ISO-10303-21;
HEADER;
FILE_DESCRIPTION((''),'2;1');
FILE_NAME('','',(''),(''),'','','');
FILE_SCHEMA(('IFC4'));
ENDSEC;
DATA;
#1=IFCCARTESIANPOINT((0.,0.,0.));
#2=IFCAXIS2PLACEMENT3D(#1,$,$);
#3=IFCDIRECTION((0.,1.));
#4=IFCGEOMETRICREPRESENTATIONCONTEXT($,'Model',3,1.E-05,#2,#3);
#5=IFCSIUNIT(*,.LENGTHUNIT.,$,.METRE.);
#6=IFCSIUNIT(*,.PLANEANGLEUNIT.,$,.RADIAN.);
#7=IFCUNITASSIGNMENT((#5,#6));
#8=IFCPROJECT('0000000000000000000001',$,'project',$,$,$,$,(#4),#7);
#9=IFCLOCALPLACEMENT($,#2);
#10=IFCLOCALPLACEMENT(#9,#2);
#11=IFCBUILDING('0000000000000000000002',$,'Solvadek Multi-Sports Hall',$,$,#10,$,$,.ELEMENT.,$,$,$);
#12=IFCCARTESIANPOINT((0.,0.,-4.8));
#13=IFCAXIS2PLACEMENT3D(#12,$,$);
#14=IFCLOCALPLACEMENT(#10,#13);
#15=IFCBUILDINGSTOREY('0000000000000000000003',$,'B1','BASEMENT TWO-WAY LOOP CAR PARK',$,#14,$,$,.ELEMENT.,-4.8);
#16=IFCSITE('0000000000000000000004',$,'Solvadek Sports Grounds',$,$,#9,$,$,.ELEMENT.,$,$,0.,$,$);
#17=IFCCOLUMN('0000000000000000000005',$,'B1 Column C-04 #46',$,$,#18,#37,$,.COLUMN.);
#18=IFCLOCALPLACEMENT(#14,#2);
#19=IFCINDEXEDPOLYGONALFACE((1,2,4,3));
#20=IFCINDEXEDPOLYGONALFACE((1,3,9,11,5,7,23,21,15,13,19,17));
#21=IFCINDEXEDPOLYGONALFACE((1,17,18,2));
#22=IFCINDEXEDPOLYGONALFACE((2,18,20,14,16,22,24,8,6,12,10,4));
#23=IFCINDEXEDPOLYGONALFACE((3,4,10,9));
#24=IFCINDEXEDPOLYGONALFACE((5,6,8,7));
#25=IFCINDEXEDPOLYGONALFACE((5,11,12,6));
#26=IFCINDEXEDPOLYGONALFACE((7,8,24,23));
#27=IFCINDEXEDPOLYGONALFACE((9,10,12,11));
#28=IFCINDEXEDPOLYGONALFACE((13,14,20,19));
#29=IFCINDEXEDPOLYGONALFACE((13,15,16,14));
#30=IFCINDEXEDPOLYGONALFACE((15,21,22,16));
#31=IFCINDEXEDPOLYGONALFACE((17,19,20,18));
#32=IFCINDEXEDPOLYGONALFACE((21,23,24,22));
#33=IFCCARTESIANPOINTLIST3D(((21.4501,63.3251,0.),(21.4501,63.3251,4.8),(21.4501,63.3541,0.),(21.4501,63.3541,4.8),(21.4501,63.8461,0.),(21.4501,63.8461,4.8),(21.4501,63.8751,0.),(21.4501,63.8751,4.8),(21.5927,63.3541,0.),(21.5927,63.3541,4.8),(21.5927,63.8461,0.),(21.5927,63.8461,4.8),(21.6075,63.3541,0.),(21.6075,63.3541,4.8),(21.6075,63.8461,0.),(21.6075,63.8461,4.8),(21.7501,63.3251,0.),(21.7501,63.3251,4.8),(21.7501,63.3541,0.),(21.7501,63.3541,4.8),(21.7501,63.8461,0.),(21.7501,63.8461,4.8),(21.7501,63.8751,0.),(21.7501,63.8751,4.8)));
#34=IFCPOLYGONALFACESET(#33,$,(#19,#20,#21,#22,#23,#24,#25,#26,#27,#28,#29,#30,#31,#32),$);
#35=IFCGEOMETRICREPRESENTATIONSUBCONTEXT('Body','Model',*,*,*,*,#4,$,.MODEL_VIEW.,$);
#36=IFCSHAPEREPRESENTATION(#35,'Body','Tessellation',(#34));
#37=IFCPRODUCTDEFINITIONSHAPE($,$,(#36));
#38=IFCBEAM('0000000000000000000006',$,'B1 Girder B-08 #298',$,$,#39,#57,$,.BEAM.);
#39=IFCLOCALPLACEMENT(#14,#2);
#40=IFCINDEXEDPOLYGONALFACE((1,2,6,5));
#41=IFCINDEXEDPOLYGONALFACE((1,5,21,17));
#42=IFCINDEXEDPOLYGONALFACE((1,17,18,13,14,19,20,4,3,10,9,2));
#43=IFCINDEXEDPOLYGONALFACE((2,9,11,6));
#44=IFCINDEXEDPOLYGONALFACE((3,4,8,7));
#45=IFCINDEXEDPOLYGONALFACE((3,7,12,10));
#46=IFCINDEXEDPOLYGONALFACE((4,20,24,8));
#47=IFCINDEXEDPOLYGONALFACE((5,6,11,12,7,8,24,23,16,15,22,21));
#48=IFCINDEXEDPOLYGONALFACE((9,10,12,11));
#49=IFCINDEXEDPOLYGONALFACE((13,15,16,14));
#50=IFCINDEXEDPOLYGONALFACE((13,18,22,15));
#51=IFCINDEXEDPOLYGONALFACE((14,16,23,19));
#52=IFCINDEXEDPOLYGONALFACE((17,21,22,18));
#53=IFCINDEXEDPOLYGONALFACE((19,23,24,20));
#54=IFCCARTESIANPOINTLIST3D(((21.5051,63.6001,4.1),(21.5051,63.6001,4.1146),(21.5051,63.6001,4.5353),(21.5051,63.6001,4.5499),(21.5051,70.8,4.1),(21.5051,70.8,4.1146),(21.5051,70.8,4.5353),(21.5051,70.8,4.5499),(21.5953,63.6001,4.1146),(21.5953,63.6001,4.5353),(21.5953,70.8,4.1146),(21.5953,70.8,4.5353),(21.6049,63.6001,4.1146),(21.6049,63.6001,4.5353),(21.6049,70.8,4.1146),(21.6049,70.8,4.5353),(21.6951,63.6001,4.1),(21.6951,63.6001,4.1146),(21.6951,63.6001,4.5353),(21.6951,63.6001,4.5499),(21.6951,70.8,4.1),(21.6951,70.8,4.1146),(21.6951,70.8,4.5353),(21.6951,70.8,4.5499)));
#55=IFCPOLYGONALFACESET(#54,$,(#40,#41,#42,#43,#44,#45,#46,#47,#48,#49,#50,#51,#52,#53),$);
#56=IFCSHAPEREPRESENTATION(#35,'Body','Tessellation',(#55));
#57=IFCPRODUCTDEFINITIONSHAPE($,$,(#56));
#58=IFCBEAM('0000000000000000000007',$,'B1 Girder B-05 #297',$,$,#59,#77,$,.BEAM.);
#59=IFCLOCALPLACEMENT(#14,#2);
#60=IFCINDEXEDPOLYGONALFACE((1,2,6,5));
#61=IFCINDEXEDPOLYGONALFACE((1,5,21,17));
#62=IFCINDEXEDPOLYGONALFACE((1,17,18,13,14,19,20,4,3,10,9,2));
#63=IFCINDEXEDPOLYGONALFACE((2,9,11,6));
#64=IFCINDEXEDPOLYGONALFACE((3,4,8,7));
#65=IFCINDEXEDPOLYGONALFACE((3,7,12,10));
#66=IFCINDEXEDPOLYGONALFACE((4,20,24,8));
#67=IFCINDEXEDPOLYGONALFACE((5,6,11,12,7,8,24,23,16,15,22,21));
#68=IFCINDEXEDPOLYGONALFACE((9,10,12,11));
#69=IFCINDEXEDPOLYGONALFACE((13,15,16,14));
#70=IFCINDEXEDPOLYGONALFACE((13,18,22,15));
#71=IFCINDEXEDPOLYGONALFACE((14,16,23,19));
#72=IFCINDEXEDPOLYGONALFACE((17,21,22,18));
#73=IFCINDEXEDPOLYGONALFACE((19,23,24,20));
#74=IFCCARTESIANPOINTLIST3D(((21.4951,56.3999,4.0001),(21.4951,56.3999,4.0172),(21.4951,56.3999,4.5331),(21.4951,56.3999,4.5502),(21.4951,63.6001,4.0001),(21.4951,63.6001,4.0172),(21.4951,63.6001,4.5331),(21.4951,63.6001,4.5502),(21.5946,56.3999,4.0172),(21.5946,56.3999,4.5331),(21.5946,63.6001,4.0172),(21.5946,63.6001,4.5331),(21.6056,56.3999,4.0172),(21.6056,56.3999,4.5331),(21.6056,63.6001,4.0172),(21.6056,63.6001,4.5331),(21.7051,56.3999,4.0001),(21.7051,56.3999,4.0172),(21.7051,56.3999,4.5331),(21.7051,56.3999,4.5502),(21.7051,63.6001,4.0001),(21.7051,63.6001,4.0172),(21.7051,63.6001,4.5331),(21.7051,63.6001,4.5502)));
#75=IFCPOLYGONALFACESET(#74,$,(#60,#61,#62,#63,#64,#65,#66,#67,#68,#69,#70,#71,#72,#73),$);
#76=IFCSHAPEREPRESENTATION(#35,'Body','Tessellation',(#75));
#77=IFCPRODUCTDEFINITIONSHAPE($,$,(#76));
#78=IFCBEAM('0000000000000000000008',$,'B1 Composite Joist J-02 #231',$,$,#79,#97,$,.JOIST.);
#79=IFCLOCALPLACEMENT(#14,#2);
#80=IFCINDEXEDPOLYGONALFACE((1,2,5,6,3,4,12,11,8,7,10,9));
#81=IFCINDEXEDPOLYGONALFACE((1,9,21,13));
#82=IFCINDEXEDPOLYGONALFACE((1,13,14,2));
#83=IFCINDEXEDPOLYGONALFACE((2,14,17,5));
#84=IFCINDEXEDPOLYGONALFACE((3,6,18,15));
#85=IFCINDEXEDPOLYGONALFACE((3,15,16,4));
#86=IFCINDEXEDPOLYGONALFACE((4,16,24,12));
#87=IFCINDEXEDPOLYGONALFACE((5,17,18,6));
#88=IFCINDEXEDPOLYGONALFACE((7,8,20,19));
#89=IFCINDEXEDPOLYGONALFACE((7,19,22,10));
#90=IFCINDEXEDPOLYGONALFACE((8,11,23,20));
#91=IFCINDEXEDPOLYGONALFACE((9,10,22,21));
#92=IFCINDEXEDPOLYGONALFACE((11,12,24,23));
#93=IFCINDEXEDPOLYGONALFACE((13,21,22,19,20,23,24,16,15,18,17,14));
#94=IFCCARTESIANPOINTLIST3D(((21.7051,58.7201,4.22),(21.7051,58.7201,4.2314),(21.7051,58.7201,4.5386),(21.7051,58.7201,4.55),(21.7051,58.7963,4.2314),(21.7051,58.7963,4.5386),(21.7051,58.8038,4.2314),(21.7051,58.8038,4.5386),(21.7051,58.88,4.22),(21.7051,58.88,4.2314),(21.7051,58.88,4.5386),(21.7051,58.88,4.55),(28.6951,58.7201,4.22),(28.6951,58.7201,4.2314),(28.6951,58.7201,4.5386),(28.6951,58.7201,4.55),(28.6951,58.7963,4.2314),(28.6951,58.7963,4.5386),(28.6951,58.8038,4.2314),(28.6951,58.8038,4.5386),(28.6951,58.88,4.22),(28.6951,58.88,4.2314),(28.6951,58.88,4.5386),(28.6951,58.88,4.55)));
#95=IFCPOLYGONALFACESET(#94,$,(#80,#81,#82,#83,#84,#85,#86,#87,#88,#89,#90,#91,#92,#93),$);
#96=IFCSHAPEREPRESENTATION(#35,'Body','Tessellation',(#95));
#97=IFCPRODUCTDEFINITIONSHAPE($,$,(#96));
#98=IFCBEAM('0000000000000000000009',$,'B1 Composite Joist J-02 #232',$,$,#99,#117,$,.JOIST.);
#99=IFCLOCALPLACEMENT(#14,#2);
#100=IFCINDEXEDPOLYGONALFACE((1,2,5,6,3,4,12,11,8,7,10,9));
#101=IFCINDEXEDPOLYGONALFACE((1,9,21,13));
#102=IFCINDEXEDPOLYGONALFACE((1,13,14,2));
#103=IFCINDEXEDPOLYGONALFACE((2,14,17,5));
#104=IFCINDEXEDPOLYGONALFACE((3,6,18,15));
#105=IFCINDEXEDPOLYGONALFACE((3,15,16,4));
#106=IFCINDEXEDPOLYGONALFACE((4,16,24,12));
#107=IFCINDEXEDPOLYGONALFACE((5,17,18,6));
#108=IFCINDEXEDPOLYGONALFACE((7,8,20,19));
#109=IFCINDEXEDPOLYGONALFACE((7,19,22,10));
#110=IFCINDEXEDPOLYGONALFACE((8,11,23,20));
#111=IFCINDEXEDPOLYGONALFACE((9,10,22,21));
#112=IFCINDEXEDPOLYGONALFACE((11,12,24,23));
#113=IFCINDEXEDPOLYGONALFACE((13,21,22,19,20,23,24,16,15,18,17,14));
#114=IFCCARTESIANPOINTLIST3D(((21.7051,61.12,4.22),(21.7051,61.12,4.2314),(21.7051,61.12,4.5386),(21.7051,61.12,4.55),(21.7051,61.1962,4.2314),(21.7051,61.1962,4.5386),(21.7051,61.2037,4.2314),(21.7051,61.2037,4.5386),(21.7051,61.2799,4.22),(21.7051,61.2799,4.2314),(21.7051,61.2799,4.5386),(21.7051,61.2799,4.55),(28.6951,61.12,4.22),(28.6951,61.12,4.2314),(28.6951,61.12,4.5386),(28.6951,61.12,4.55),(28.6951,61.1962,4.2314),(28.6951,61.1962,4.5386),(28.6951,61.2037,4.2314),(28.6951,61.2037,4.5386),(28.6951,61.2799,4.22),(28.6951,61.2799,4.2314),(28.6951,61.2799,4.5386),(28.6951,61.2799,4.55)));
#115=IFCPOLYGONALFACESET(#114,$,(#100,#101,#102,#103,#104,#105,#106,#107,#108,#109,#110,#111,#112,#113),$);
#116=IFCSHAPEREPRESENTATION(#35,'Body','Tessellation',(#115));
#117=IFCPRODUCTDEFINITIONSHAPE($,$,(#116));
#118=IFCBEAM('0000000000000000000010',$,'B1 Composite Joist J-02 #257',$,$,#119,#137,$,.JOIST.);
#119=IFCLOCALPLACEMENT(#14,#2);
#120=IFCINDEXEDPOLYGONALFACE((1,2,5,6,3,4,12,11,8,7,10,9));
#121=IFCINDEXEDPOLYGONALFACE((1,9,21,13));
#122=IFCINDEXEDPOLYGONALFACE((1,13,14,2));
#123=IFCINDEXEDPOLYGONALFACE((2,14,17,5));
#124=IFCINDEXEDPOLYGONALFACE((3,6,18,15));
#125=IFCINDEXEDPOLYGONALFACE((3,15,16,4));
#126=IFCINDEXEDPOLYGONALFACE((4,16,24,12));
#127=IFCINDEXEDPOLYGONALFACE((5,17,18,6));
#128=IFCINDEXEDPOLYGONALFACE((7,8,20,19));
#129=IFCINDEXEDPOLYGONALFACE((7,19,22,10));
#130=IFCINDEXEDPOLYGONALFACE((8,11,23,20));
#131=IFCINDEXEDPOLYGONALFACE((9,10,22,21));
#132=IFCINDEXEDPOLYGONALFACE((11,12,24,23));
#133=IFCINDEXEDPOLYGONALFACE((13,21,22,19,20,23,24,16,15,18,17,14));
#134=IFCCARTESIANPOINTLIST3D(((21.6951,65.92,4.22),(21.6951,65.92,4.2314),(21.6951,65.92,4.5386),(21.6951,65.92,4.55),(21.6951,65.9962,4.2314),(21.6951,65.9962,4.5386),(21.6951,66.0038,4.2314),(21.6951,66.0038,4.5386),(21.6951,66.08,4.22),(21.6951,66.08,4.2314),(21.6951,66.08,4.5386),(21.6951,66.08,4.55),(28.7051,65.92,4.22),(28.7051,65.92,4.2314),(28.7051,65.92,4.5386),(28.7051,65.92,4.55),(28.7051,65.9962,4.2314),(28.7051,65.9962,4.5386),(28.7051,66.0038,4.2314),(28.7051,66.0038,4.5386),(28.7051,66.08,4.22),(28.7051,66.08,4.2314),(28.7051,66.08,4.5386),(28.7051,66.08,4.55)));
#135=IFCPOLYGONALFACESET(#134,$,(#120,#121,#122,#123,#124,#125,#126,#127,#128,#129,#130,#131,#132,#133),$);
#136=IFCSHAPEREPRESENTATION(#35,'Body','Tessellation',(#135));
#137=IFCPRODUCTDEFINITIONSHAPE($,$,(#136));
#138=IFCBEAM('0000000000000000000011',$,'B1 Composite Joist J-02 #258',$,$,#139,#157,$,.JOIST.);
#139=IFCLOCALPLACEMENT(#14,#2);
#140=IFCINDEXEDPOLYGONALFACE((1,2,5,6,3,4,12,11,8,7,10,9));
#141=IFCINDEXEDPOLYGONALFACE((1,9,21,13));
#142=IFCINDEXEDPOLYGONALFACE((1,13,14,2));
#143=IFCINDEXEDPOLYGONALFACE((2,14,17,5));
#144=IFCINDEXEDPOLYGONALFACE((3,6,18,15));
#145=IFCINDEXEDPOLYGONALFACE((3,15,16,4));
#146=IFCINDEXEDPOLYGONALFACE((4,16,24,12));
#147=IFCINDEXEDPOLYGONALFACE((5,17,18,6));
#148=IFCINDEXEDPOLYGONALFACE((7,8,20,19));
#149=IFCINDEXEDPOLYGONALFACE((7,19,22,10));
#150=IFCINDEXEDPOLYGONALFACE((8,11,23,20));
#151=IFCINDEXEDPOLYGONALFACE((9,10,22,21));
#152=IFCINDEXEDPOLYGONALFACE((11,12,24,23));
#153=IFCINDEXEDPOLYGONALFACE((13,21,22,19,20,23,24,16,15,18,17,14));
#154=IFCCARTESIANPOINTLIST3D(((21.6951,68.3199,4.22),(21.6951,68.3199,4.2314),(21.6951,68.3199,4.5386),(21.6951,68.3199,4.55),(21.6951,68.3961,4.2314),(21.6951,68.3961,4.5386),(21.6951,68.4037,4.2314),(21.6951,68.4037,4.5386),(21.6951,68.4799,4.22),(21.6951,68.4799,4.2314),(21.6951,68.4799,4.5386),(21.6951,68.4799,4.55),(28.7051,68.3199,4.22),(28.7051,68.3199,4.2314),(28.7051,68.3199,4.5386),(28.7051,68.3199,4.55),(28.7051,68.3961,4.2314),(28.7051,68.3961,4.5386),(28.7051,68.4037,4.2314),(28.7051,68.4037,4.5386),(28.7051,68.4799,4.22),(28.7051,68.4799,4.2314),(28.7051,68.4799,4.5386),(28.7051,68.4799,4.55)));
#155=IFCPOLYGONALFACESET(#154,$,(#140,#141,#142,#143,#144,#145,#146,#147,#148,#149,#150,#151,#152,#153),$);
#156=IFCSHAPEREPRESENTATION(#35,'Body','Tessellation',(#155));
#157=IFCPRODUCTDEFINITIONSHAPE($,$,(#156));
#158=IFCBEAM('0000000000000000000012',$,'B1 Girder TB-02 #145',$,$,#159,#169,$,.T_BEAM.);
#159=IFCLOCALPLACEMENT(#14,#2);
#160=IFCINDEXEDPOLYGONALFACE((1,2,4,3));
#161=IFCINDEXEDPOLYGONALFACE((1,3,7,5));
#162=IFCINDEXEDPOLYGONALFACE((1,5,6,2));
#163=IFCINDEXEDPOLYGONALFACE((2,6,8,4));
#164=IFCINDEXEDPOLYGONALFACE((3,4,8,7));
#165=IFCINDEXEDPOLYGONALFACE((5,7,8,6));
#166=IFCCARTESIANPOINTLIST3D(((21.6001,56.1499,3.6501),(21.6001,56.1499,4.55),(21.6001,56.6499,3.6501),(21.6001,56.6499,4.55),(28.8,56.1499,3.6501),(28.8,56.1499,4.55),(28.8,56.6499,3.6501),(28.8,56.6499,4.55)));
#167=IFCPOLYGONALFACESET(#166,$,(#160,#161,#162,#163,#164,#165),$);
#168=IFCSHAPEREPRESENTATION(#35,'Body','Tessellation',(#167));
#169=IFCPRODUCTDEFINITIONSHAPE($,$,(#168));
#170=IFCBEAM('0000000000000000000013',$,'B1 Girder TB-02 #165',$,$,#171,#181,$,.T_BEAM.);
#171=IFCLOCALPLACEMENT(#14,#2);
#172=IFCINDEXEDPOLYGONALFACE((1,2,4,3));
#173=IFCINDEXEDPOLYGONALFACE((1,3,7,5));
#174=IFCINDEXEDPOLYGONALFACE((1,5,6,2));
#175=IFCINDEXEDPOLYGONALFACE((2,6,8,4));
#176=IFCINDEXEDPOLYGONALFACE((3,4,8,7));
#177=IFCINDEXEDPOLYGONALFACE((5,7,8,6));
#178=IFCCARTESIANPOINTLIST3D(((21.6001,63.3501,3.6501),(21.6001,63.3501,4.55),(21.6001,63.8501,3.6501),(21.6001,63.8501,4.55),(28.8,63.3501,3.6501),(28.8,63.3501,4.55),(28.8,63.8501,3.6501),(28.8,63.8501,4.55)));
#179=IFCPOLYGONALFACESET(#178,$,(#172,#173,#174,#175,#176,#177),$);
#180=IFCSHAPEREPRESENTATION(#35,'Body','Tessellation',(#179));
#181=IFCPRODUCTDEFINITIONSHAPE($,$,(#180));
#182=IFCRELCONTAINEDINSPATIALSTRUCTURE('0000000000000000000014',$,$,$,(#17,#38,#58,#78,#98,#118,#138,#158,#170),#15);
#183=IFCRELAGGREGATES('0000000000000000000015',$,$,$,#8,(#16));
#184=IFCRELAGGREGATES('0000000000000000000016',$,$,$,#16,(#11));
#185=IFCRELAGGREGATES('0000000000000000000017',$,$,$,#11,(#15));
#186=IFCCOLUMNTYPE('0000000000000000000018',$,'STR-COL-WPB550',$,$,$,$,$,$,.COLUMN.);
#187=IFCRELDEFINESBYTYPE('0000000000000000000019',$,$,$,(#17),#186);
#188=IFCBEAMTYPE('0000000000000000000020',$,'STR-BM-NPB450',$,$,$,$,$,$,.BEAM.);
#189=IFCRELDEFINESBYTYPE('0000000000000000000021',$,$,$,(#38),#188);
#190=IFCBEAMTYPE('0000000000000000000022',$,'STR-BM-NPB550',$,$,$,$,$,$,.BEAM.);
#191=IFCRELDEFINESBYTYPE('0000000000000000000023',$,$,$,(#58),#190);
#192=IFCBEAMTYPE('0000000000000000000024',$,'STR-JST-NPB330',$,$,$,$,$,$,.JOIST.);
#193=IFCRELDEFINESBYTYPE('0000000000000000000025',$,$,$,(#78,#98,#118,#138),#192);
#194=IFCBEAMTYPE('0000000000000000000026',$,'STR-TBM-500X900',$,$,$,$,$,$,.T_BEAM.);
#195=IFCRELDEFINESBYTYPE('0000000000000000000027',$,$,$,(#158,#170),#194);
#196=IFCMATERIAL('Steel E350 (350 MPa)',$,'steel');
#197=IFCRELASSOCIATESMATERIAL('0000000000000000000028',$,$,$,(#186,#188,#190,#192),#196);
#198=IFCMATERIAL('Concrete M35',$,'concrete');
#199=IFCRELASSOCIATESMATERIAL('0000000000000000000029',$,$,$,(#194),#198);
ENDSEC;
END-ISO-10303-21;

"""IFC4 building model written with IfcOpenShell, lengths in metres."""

from ifc_helpers import new_model, si_unit, direction, frame, origin, origin_2d, place, context, subcontext, project, spatial, rectangle, i_section, extrude, material, material_profile, profile_set, type_object, element, save


model = new_model("IFC4")

# Units and contexts
model_context = context("Model", 3, precision=1e-05, world=origin(), true_north=direction((0.0, 1.0)))
body_context = subcontext(model_context, "Body", "Model", "MODEL_VIEW")
ifc_project = project(units=[si_unit("LENGTHUNIT", "METRE"), si_unit("PLANEANGLEUNIT", "RADIAN")], contexts=[model_context])

# Site, building, storey
site_placement = place(None, origin())
site = spatial("IfcSite", under=ifc_project, at=site_placement, Name="Solvadek Sports Grounds", CompositionType="ELEMENT", RefElevation=0.0)
building_placement = place(site_placement, origin())
building = spatial("IfcBuilding", under=site, at=building_placement, Name="Solvadek Multi-Sports Hall", CompositionType="ELEMENT")
storey_placement = place(building_placement, frame((0.0, 0.0, -4.8)))
storey = spatial("IfcBuildingStorey", under=building, at=storey_placement, Name="B1", Description="BASEMENT TWO-WAY LOOP CAR PARK", CompositionType="ELEMENT", Elevation=-4.8)

# Shared definitions
ifc_material_1 = material(Name="Concrete M35", Category="concrete")

# Column
ifc_material_2 = material(Name="Steel E350 (350 MPa)", Category="steel")
ifc_material_profile_1 = material_profile(ifc_material_2, i_section(OverallWidth=0.3, OverallDepth=0.55, WebThickness=0.0149, FlangeThickness=0.0291, at=origin_2d()), Name="WPB 550")
ifc_profile_set_1 = profile_set([ifc_material_profile_1], Name="Steel E350 (350 MPa)")
column_type = type_object("IfcColumnType", Name="STR-COL-WPB550", PredefinedType="COLUMN", material=ifc_profile_set_1)
for number, where, z_axis, x_axis, name in (
    (1, (21.6001, 63.6001, 0.0), (0.0, 0.0, 1.0), (1.0, 0.0, 0.0), "B1 Column C-04 #46"),
):
    element("IfcColumn", number, at=place(storey_placement, frame(where, z_axis=z_axis, x_axis=x_axis)), inside=storey, type_object=column_type, Name=name, PredefinedType="COLUMN", context=body_context, shape_type="SweptSolid", body=[
        extrude(i_section(OverallWidth=0.3, OverallDepth=0.55, WebThickness=0.0149, FlangeThickness=0.0291, at=origin_2d()), origin(), (0.0, 0.0, 1.0), 4.8),
    ])

# Beams
ifc_material_profile_2 = material_profile(ifc_material_2, i_section(OverallWidth=0.1899, OverallDepth=0.45, WebThickness=0.0095, FlangeThickness=0.0146, at=origin_2d()), Name="NPB 450")
ifc_profile_set_2 = profile_set([ifc_material_profile_2], Name="Steel E350 (350 MPa)")
beam_type_1 = type_object("IfcBeamType", Name="STR-BM-NPB450", PredefinedType="BEAM", material=ifc_profile_set_2)
beam_1_placement = place(storey_placement, frame((21.6001, 63.6001, 4.325), z_axis=(0.0, 1.0, 0.0), x_axis=(-1.0, 0.0, 0.0)))
element("IfcBeam", 2, at=beam_1_placement, inside=storey, type_object=beam_type_1, Name="B1 Girder B-08 #298", PredefinedType="BEAM", context=body_context, shape_type="SweptSolid", body=[
    extrude(i_section(OverallWidth=0.1899, OverallDepth=0.45, WebThickness=0.0095, FlangeThickness=0.0146, at=origin_2d()), origin(), (0.0, 0.0, 1.0), 7.2),
])
ifc_material_profile_3 = material_profile(ifc_material_2, i_section(OverallWidth=0.21, OverallDepth=0.55, WebThickness=0.011, FlangeThickness=0.0171, at=origin_2d()), Name="NPB 550")
ifc_profile_set_3 = profile_set([ifc_material_profile_3], Name="Steel E350 (350 MPa)")
beam_type_2 = type_object("IfcBeamType", Name="STR-BM-NPB550", PredefinedType="BEAM", material=ifc_profile_set_3)
beam_2_placement = place(storey_placement, frame((21.6001, 56.3999, 4.2751), z_axis=(0.0, 1.0, 0.0), x_axis=(-1.0, 0.0, 0.0)))
element("IfcBeam", 3, at=beam_2_placement, inside=storey, type_object=beam_type_2, Name="B1 Girder B-05 #297", PredefinedType="BEAM", context=body_context, shape_type="SweptSolid", body=[
    extrude(i_section(OverallWidth=0.21, OverallDepth=0.55, WebThickness=0.011, FlangeThickness=0.0171, at=origin_2d()), origin(), (0.0, 0.0, 1.0), 7.2002),
])
ifc_material_profile_4 = material_profile(ifc_material_2, i_section(OverallWidth=0.1599, OverallDepth=0.3301, WebThickness=0.0076, FlangeThickness=0.0115, at=origin_2d()), Name="NPB 330")
ifc_profile_set_4 = profile_set([ifc_material_profile_4], Name="Steel E350 (350 MPa)")
beam_type_3 = type_object("IfcBeamType", Name="STR-JST-NPB330", PredefinedType="JOIST", material=ifc_profile_set_4)
for number, where, z_axis, x_axis, name in (
    (4, (21.7051, 58.8, 4.385), (1.0, 0.0, 0.0), (0.0, 1.0, 0.0), "B1 Composite Joist J-02 #231"),
    (5, (21.7051, 61.2, 4.385), (1.0, 0.0, 0.0), (0.0, 1.0, 0.0), "B1 Composite Joist J-02 #232"),
):
    element("IfcBeam", number, at=place(storey_placement, frame(where, z_axis=z_axis, x_axis=x_axis)), inside=storey, type_object=beam_type_3, Name=name, PredefinedType="JOIST", context=body_context, shape_type="SweptSolid", body=[
        extrude(i_section(OverallWidth=0.1599, OverallDepth=0.3301, WebThickness=0.0076, FlangeThickness=0.0115, at=origin_2d()), origin(), (0.0, 0.0, 1.0), 6.99),
    ])
for number, where, z_axis, x_axis, name in (
    (6, (21.6951, 66.0, 4.385), (1.0, 0.0, 0.0), (0.0, 1.0, 0.0), "B1 Composite Joist J-02 #257"),
    (7, (21.6951, 68.3999, 4.385), (1.0, 0.0, 0.0), (0.0, 1.0, 0.0), "B1 Composite Joist J-02 #258"),
):
    element("IfcBeam", number, at=place(storey_placement, frame(where, z_axis=z_axis, x_axis=x_axis)), inside=storey, type_object=beam_type_3, Name=name, PredefinedType="JOIST", context=body_context, shape_type="SweptSolid", body=[
        extrude(i_section(OverallWidth=0.1599, OverallDepth=0.3301, WebThickness=0.0076, FlangeThickness=0.0115, at=origin_2d()), origin(), (0.0, 0.0, 1.0), 7.01),
    ])
ifc_material_profile_5 = material_profile(ifc_material_1, rectangle(XDim=0.5, YDim=0.8999, at=origin_2d()), Name="RC T-BEAM 500x900")
ifc_profile_set_5 = profile_set([ifc_material_profile_5], Name="Concrete M35")
beam_type_4 = type_object("IfcBeamType", Name="STR-TBM-500X900", PredefinedType="T_BEAM", material=ifc_profile_set_5)
for number, where, z_axis, x_axis, name in (
    (8, (21.6001, 56.3999, 4.1001), (1.0, 0.0, 0.0), (0.0, 1.0, 0.0), "B1 Girder TB-02 #145"),
    (9, (21.6001, 63.6001, 4.1001), (1.0, 0.0, 0.0), (0.0, 1.0, 0.0), "B1 Girder TB-02 #165"),
):
    element("IfcBeam", number, at=place(storey_placement, frame(where, z_axis=z_axis, x_axis=x_axis)), inside=storey, type_object=beam_type_4, Name=name, PredefinedType="T_BEAM", context=body_context, shape_type="SweptSolid", body=[
        extrude(rectangle(XDim=0.5, YDim=0.8999, at=origin_2d()), origin(), (0.0, 0.0, 1.0), 7.2),
    ])

save(model, "model.ifc")
